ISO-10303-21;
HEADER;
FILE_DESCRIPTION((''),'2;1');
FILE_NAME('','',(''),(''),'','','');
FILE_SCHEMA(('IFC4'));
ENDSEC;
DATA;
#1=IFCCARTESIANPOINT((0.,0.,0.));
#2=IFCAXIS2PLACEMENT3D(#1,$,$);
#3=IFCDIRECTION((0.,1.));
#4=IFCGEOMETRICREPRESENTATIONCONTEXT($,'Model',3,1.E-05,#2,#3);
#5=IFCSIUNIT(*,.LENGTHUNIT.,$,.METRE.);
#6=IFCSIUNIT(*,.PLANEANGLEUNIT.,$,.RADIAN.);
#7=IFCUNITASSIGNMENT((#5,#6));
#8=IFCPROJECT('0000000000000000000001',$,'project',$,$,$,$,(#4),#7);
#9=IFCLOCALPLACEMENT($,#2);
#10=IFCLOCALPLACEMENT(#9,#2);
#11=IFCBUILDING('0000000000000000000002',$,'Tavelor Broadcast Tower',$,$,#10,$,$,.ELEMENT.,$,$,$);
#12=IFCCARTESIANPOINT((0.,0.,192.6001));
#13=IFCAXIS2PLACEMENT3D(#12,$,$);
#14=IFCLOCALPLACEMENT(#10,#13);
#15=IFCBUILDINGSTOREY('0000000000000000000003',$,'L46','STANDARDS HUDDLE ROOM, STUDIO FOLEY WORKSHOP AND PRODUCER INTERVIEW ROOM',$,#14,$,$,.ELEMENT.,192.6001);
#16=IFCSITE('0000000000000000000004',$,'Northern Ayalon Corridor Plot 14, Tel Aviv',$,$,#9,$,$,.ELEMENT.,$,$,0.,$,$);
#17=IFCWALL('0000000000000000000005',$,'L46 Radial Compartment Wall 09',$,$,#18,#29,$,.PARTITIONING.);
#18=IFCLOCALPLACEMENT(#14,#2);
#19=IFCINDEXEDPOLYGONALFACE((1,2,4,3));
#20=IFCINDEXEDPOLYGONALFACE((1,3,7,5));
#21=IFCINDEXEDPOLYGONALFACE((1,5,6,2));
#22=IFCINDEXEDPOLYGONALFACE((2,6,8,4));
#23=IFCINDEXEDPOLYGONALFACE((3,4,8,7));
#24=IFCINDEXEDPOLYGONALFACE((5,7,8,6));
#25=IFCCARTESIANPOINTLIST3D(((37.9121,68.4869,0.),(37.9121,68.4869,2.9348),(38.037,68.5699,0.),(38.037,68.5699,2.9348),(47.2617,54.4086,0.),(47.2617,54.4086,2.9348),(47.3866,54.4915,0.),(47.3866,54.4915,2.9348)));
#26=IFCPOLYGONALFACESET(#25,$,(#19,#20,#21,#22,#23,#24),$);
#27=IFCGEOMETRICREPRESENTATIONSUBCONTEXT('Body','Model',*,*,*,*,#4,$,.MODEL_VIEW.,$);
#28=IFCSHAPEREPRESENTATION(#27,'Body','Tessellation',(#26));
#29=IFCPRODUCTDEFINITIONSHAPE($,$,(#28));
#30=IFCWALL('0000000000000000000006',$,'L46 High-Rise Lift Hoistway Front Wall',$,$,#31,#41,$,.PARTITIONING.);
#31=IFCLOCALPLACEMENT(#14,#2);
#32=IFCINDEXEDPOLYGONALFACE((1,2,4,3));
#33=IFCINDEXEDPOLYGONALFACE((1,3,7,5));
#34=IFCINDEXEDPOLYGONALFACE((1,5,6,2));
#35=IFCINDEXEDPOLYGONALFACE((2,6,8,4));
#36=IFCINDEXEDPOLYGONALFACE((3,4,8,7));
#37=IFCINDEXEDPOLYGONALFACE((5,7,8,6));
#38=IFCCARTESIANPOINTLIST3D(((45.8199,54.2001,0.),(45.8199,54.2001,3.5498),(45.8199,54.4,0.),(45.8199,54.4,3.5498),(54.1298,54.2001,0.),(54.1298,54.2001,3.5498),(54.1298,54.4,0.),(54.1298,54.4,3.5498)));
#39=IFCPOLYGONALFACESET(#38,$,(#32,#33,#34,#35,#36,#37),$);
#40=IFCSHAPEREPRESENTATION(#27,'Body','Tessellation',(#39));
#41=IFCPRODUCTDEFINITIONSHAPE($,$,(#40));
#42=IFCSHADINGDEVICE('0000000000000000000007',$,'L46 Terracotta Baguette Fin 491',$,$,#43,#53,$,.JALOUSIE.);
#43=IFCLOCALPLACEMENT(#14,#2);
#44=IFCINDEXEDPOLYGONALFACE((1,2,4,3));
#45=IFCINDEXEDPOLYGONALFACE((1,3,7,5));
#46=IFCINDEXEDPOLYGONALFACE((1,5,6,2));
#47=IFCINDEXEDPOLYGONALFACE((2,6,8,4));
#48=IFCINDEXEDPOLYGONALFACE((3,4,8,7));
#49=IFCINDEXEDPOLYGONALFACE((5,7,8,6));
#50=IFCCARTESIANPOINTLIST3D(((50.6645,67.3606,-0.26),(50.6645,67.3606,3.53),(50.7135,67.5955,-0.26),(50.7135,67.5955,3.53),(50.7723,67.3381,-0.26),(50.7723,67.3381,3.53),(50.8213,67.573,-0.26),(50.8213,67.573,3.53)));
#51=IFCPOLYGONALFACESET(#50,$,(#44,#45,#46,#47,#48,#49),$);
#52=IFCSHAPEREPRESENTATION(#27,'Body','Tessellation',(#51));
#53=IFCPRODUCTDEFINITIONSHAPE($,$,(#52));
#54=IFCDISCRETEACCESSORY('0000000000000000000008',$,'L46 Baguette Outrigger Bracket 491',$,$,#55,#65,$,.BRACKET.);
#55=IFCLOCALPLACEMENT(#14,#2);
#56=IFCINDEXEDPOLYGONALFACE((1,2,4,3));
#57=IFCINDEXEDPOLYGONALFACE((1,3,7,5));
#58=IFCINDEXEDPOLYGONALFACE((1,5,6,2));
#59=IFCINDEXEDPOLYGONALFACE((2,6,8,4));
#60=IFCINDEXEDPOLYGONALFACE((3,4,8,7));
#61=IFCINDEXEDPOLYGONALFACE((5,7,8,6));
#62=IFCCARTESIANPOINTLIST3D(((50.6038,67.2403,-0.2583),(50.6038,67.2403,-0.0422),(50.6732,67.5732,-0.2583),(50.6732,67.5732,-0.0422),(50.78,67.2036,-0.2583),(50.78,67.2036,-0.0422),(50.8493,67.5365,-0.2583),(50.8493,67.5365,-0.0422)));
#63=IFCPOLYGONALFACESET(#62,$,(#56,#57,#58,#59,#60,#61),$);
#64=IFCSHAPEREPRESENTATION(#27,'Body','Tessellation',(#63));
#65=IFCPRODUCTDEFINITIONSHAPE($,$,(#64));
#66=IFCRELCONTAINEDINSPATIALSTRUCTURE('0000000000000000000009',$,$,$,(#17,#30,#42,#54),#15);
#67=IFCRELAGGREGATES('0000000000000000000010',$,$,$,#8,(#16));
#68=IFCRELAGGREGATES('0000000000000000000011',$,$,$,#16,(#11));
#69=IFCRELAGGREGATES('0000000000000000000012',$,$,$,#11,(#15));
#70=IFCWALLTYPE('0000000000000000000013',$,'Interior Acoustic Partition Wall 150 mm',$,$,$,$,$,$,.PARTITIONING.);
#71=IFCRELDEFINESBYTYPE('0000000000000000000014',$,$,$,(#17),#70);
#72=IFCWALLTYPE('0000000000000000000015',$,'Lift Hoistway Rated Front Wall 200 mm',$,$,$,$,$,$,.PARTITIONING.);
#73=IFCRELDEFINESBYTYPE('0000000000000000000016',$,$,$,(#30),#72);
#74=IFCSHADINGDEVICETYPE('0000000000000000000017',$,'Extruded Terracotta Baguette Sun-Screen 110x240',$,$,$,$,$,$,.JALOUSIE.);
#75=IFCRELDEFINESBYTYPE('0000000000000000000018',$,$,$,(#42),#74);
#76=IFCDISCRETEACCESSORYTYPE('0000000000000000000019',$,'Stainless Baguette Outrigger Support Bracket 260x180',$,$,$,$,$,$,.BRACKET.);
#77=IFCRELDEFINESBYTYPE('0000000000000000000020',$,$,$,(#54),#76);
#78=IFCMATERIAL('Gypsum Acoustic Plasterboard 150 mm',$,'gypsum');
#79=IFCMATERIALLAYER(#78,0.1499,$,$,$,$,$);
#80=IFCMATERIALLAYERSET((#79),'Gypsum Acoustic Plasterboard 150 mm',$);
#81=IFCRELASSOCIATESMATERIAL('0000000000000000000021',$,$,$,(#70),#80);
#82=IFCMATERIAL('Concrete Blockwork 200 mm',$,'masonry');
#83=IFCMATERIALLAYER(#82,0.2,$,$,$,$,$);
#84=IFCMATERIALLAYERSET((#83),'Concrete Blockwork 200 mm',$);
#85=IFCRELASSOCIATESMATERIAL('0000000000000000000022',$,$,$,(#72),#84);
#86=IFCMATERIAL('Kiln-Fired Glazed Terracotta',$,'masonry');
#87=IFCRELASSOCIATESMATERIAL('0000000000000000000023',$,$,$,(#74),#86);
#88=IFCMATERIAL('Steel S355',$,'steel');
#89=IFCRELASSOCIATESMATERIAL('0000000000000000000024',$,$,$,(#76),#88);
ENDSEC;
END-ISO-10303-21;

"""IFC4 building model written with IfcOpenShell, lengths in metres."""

from ifc_helpers import new_model, si_unit, direction, frame, frame_2d, origin, origin_2d, place, context, subcontext, project, spatial, rectangle, extrude, source, transform, mapped, material, layer, layer_set, type_object, type_shapes, element, save


model = new_model("IFC4")

# Units and contexts
model_context = context("Model", 3, precision=1e-05, world=origin(), true_north=direction((0.0, 1.0)))
body_context = subcontext(model_context, "Body", "Model", "MODEL_VIEW")
ifc_project = project(units=[si_unit("LENGTHUNIT", "METRE"), si_unit("PLANEANGLEUNIT", "RADIAN")], contexts=[model_context])

# Site, building, storey
site_placement = place(None, origin())
site = spatial("IfcSite", under=ifc_project, at=site_placement, Name="Northern Ayalon Corridor Plot 14, Tel Aviv", CompositionType="ELEMENT", RefElevation=0.0)
building_placement = place(site_placement, origin())
building = spatial("IfcBuilding", under=site, at=building_placement, Name="Tavelor Broadcast Tower", CompositionType="ELEMENT")
storey_placement = place(building_placement, frame((0.0, 0.0, 192.6001)))
storey = spatial("IfcBuildingStorey", under=building, at=storey_placement, Name="L46", Description="STANDARDS HUDDLE ROOM, STUDIO FOLEY WORKSHOP AND PRODUCER INTERVIEW ROOM", CompositionType="ELEMENT", Elevation=192.6001)

# Shared definitions
ifc_material_1 = material(Name="Steel S355", Category="steel")

# Shared definitions
ifc_material_2 = material(Name="Gypsum Acoustic Plasterboard 150 mm", Category="gypsum")
ifc_layer_1 = layer(ifc_material_2, 0.1499)
ifc_layer_set_1 = layer_set([ifc_layer_1], Name="Gypsum Acoustic Plasterboard 150 mm")
wall_type_1 = type_object("IfcWallType", Name="Interior Acoustic Partition Wall 150 mm", PredefinedType="PARTITIONING", material=ifc_layer_set_1)

# Walls
wall_1_placement = place(storey_placement, frame((47.3242, 54.45, 0.0), z_axis=(0.0, 0.0, 1.0), x_axis=(-0.553226, 0.833031, 0.0)))
element("IfcWall", 1, at=wall_1_placement, inside=storey, type_object=wall_type_1, Name="L46 Radial Compartment Wall 09", PredefinedType="PARTITIONING", context=body_context, shape_type="SweptSolid", body=[
    extrude(rectangle(XDim=16.9001, YDim=0.1499, at=frame_2d((8.4502, 0.0))), origin(), (0.0, 0.0, 1.0), 2.9348),
])
ifc_material_3 = material(Name="Concrete Blockwork 200 mm", Category="masonry")
ifc_layer_2 = layer(ifc_material_3, 0.2)
ifc_layer_set_2 = layer_set([ifc_layer_2], Name="Concrete Blockwork 200 mm")
wall_type_2 = type_object("IfcWallType", Name="Lift Hoistway Rated Front Wall 200 mm", PredefinedType="PARTITIONING", material=ifc_layer_set_2)
wall_2_placement = place(storey_placement, frame((45.8201, 54.3, 0.0), z_axis=(0.0, 0.0, 1.0), x_axis=(1.0, 0.0, 0.0)))
element("IfcWall", 2, at=wall_2_placement, inside=storey, type_object=wall_type_2, Name="L46 High-Rise Lift Hoistway Front Wall", PredefinedType="PARTITIONING", context=body_context, shape_type="SweptSolid", body=[
    extrude(rectangle(XDim=8.3098, YDim=0.2, at=frame_2d((4.1548, 0.0))), origin(), (0.0, 0.0, 1.0), 3.5498),
])

# Shading device
ifc_material_4 = material(Name="Kiln-Fired Glazed Terracotta", Category="masonry")
shading_device_type = type_object("IfcShadingDeviceType", Name="Extruded Terracotta Baguette Sun-Screen 110x240", PredefinedType="JALOUSIE", material=ifc_material_4)
shared_shape_1 = source(origin(), body_context, "Body", "SweptSolid", [
    extrude(rectangle(XDim=0.1101, YDim=0.24, at=origin_2d()), origin(), (0.0, 0.0, 1.0), 3.79),
])
type_shapes(shading_device_type, [shared_shape_1])
shading_device_placement = place(storey_placement, frame((50.7429, 67.4668, -0.26), z_axis=(0.0, 0.0, 1.0), x_axis=(-0.978974, 0.203983, 0.0)))
element("IfcShadingDevice", 3, at=shading_device_placement, inside=storey, type_object=shading_device_type, Name="L46 Terracotta Baguette Fin 491", PredefinedType="JALOUSIE", context=body_context, shape_type="MappedRepresentation", body=[
    mapped(shared_shape_1, transform((0.0, 0.0, 0.0), scale=1.0)),
])

# Discrete accessory
discrete_accessory_type = type_object("IfcDiscreteAccessoryType", Name="Stainless Baguette Outrigger Support Bracket 260x180", PredefinedType="BRACKET", material=ifc_material_1)
shared_shape_2 = source(origin(), body_context, "Body", "SweptSolid", [
    extrude(rectangle(XDim=0.1799, YDim=0.3401, at=origin_2d()), origin(), (0.0, 0.0, 1.0), 0.2161),
])
type_shapes(discrete_accessory_type, [shared_shape_2])
discrete_accessory_placement = place(storey_placement, frame((50.7266, 67.3884, -0.2583), z_axis=(0.0, 0.0, 1.0), x_axis=(-0.978974, 0.203983, 0.0)))
element("IfcDiscreteAccessory", 4, at=discrete_accessory_placement, inside=storey, type_object=discrete_accessory_type, Name="L46 Baguette Outrigger Bracket 491", PredefinedType="BRACKET", context=body_context, shape_type="MappedRepresentation", body=[
    mapped(shared_shape_2, transform((0.0, 0.0, 0.0), scale=1.0)),
])

save(model, "model.ifc")
